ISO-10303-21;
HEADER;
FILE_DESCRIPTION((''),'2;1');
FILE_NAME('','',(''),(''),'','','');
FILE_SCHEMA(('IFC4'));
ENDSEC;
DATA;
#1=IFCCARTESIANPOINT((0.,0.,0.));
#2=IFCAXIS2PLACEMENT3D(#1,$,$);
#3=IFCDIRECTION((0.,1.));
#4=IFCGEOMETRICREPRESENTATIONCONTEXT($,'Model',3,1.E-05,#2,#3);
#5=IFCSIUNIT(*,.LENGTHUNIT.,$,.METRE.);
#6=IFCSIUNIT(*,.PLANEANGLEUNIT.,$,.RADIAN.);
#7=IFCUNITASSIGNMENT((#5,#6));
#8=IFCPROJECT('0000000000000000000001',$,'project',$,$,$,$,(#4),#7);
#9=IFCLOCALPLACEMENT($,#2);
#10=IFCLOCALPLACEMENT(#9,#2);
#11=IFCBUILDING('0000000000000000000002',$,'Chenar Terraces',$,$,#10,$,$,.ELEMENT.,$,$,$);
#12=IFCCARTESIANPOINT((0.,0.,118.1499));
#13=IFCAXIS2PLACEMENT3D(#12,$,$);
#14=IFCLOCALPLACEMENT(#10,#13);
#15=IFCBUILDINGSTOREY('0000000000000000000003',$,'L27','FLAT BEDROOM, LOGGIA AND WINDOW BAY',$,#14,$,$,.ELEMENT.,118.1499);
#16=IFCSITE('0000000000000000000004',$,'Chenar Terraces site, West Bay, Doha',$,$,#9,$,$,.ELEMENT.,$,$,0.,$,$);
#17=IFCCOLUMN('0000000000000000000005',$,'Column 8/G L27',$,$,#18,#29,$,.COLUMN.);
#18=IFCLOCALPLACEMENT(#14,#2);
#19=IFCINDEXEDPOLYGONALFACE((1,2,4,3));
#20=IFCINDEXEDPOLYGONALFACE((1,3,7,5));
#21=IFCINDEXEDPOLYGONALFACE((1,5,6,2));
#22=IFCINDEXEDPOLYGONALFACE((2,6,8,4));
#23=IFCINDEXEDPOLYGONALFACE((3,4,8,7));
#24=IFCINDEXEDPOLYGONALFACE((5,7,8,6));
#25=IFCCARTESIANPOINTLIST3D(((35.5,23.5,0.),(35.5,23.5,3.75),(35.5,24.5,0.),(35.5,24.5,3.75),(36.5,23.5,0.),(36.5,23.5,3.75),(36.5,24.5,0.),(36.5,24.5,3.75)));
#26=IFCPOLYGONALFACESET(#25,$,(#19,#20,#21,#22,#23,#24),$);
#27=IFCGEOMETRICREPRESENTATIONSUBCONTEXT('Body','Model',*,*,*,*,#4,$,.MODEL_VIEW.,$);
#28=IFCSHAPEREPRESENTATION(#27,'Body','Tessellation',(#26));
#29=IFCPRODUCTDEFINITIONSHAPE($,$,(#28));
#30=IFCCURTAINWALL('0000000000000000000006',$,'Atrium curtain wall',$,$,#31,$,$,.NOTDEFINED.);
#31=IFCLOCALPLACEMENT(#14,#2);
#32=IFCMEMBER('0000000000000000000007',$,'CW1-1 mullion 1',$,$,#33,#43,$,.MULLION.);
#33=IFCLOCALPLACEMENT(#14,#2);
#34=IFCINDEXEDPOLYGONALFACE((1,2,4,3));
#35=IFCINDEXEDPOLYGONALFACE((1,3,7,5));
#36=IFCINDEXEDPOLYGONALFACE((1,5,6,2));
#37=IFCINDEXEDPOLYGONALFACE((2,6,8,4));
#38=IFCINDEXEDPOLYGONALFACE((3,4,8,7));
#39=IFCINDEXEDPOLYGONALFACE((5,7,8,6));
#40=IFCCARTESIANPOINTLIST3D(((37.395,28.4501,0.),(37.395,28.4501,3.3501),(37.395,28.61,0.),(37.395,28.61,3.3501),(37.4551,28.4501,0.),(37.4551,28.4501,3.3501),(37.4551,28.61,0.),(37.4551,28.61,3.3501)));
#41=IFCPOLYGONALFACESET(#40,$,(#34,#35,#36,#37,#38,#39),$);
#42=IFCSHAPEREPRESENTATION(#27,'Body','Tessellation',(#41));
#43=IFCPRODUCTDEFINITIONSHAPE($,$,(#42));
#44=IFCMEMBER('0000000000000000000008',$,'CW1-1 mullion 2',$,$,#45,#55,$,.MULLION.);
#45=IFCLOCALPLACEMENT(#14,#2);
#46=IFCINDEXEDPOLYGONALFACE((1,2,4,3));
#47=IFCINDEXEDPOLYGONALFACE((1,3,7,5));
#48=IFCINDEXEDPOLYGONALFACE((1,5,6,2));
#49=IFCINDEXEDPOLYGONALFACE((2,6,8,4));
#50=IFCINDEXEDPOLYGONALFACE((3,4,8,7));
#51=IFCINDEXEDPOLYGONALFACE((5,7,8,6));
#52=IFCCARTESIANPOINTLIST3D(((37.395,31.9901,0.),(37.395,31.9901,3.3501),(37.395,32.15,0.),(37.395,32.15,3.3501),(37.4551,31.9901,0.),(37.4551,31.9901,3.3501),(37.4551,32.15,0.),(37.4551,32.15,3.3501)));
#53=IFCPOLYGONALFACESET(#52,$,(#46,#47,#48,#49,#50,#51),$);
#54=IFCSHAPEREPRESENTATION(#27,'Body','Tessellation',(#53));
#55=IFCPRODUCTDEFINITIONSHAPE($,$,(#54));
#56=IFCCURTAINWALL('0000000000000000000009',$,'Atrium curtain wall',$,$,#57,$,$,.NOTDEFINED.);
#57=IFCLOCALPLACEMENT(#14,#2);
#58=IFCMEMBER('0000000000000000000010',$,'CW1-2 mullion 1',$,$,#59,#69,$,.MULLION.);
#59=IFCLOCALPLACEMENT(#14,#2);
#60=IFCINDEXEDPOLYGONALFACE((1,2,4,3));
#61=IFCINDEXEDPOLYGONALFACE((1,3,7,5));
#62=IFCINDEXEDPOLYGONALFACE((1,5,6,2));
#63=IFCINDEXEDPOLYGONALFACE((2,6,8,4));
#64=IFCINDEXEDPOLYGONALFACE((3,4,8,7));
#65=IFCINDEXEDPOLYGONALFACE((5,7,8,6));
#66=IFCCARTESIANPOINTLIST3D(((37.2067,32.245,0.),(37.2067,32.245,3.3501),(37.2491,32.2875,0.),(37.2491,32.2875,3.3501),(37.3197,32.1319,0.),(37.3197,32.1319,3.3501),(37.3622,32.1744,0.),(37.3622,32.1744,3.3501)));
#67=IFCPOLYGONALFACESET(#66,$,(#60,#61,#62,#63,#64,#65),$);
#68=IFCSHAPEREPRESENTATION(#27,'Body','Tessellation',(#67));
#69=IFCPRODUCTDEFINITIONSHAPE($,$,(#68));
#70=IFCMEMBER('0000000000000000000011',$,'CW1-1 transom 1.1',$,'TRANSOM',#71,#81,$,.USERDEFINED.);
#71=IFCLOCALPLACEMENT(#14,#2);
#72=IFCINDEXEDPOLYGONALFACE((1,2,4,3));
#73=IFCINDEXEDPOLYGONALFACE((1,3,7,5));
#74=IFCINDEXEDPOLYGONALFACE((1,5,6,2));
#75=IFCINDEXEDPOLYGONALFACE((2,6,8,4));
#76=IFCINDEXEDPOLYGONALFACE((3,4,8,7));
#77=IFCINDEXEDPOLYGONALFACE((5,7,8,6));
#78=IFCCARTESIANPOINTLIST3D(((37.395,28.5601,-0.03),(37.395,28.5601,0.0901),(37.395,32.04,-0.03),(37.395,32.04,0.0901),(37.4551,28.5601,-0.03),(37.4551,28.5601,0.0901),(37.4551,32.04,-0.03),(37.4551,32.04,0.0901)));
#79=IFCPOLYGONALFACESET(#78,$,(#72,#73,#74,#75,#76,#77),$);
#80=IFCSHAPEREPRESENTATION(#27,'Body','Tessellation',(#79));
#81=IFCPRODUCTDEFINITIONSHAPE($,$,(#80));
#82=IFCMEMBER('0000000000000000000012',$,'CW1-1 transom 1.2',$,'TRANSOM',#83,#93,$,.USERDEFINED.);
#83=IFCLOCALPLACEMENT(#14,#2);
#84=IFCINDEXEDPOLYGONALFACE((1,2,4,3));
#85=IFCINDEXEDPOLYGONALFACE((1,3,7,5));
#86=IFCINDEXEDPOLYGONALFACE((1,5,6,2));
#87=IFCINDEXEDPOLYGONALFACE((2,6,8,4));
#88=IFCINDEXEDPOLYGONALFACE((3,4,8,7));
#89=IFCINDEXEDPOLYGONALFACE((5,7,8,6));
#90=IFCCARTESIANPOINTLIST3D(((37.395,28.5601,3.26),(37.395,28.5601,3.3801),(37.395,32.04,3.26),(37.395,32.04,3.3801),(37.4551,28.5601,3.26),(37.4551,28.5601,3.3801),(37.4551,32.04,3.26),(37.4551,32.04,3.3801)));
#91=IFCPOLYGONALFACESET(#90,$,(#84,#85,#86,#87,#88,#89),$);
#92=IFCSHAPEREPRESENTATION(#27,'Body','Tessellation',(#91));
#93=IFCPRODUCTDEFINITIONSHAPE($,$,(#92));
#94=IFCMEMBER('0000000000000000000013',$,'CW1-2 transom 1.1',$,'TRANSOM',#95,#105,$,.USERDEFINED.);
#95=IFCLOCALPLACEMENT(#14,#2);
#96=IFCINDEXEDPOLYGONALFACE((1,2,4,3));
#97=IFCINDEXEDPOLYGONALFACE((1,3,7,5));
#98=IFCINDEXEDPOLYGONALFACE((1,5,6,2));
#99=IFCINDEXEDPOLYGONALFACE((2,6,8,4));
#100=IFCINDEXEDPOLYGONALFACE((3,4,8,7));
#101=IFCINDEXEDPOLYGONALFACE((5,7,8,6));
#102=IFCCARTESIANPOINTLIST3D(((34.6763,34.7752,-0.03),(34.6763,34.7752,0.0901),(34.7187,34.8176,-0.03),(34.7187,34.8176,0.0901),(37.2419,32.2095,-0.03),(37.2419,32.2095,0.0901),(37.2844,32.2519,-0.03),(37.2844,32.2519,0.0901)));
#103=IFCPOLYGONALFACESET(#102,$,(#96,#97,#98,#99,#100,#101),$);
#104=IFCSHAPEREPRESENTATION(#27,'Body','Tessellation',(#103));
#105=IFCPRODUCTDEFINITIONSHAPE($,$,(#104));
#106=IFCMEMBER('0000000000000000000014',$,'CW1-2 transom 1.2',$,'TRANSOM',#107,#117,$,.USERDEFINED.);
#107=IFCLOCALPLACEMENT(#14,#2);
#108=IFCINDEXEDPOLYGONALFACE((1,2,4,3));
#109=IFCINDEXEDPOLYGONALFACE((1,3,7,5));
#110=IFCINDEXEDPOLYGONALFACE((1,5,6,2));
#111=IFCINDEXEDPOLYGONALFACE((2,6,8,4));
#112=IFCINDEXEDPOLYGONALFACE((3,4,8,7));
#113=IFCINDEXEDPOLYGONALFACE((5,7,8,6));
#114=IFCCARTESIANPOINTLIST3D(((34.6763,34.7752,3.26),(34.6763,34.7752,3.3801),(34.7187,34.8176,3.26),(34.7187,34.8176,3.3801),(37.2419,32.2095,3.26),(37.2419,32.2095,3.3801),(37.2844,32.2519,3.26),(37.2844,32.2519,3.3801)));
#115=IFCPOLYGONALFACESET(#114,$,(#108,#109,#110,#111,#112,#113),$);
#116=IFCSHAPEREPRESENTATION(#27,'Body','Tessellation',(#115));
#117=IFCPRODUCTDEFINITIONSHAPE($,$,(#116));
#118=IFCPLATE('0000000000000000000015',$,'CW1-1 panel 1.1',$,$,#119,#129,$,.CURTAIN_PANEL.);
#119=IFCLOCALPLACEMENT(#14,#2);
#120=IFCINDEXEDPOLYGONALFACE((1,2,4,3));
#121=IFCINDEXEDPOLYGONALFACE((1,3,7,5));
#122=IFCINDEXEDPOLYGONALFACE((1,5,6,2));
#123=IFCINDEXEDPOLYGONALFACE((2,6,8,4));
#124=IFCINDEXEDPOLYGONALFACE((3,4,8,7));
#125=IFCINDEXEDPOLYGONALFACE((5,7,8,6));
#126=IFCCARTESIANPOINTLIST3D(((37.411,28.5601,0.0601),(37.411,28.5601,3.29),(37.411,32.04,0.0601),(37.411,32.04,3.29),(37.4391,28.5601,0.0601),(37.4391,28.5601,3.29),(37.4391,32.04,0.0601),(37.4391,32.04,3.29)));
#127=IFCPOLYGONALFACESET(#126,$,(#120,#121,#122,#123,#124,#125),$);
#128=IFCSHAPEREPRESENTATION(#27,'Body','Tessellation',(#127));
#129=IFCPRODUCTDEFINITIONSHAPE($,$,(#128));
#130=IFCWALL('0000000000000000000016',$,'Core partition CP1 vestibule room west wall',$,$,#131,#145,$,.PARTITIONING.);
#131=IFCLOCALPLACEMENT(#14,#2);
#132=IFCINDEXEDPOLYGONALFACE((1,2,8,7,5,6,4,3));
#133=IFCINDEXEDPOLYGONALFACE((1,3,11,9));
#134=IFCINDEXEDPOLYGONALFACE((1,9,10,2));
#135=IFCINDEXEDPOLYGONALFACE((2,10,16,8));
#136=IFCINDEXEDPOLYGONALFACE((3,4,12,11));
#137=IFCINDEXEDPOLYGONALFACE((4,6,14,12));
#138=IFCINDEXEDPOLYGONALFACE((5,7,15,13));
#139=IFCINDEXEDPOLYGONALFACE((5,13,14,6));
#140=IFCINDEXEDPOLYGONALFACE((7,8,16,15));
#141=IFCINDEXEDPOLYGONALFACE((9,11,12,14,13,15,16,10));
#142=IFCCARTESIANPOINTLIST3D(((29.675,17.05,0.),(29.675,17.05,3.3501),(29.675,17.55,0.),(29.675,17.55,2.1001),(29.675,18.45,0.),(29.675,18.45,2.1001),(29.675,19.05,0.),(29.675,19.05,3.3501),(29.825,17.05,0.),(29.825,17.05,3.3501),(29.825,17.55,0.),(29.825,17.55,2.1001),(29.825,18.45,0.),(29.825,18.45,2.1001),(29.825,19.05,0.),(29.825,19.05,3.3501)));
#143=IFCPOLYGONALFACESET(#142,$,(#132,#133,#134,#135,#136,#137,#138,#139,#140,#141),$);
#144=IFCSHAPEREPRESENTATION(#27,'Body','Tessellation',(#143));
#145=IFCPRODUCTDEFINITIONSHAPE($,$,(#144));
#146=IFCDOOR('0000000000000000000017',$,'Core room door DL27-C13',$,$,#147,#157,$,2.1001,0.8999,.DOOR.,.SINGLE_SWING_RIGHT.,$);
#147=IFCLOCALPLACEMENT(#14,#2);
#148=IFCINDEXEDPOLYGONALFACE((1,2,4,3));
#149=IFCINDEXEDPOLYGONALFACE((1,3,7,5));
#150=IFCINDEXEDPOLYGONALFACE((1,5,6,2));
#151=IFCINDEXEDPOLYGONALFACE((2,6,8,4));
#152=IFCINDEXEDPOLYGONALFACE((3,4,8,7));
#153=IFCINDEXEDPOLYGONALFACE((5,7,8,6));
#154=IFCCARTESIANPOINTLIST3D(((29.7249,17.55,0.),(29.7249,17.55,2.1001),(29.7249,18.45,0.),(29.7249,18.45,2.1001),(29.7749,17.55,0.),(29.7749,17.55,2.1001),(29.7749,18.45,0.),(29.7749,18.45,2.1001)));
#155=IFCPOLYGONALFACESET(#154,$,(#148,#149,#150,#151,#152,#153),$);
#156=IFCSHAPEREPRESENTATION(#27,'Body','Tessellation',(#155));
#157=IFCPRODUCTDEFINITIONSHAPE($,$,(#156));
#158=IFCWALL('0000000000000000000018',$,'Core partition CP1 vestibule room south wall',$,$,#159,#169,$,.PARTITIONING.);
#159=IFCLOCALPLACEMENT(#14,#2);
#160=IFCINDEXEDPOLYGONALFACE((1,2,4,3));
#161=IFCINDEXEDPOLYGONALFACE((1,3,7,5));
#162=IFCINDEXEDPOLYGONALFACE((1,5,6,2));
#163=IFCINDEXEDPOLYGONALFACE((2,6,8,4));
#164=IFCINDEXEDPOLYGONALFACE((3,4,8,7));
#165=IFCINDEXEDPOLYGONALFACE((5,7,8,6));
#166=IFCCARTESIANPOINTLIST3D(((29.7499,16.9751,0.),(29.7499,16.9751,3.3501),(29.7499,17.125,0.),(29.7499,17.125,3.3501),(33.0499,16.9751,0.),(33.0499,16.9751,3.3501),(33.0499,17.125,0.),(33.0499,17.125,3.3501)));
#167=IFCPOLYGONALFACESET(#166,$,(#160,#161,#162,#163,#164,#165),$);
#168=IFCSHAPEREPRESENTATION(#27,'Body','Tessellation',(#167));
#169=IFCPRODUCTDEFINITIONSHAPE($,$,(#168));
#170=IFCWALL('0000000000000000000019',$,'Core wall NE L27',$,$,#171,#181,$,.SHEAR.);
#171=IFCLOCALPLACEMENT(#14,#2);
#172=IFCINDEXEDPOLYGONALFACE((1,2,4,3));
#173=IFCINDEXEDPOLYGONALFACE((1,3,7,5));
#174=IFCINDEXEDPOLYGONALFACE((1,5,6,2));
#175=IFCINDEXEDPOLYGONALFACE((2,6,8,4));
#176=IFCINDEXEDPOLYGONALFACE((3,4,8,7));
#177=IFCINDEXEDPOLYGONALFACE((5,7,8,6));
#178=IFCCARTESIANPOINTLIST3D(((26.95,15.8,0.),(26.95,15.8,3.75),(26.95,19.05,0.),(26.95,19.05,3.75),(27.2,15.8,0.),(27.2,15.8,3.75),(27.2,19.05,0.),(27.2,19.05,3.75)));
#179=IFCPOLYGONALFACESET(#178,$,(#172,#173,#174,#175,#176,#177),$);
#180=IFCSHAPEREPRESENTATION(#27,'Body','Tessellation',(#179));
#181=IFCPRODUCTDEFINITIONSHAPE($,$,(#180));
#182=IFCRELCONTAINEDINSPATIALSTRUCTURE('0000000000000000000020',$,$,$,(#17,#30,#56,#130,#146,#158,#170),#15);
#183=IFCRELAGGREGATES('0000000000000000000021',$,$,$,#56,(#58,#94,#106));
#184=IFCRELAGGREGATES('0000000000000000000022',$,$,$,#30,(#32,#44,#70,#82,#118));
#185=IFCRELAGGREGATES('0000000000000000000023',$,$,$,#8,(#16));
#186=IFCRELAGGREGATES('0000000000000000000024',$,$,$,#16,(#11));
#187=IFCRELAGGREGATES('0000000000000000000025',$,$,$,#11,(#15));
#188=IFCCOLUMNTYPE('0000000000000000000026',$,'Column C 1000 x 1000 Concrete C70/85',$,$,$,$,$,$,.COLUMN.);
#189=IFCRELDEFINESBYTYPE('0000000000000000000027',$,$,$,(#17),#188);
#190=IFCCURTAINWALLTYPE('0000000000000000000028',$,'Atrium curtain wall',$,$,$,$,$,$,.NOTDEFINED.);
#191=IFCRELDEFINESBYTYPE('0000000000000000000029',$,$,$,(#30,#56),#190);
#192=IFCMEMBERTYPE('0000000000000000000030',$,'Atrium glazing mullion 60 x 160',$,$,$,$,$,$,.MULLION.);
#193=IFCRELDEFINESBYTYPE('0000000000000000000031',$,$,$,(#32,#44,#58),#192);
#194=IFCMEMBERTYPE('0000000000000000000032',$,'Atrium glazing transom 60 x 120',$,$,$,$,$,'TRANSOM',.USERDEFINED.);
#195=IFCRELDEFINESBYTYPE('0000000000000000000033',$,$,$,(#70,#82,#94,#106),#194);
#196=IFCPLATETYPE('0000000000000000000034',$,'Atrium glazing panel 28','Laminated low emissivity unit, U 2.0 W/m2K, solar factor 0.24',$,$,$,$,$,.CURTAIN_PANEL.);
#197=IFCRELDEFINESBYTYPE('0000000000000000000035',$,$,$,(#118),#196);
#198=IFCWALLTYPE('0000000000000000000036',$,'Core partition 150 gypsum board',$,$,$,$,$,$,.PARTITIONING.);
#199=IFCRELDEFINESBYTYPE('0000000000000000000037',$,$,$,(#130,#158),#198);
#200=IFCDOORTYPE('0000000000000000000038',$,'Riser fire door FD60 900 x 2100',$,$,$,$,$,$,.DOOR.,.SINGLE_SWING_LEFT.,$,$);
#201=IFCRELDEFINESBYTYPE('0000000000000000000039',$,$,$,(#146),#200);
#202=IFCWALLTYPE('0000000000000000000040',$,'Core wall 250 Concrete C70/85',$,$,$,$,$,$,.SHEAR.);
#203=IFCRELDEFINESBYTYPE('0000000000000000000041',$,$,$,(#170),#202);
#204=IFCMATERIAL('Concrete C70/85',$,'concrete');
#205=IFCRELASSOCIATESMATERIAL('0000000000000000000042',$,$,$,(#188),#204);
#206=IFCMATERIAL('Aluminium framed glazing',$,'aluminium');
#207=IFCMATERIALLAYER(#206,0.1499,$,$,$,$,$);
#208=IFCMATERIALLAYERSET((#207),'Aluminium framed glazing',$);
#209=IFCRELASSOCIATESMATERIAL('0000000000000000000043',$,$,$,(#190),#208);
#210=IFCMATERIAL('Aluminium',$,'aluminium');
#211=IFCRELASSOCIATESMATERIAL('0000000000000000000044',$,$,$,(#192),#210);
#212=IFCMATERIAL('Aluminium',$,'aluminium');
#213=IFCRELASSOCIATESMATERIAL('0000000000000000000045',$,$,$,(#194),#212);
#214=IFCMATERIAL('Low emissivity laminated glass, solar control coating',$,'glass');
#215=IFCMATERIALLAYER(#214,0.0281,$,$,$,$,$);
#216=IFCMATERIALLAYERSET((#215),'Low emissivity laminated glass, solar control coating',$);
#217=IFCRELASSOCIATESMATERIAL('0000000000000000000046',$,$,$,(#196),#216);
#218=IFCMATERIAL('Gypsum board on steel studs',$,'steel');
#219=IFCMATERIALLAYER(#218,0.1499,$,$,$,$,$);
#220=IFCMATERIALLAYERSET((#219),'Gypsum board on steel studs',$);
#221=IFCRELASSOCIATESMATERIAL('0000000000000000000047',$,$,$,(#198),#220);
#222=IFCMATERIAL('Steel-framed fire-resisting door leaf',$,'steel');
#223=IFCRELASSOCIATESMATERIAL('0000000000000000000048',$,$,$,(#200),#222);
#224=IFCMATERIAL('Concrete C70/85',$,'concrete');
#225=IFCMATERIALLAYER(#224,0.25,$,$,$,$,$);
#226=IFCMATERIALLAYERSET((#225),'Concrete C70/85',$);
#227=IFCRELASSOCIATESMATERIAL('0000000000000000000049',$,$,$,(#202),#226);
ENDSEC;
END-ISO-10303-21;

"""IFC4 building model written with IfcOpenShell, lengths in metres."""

from ifc_helpers import new_model, si_unit, direction, frame, frame_2d, origin, origin_2d, place, context, subcontext, project, spatial, rectangle, extrude, material, layer, layer_set, material_profile, profile_set, type_object, element, fill, aggregate, save


model = new_model("IFC4")

# Units and contexts
model_context = context("Model", 3, precision=1e-05, world=origin(), true_north=direction((0.0, 1.0)))
body_context = subcontext(model_context, "Body", "Model", "MODEL_VIEW")
ifc_project = project(units=[si_unit("LENGTHUNIT", "METRE"), si_unit("PLANEANGLEUNIT", "RADIAN")], contexts=[model_context])

# Site, building, storey
site_placement = place(None, origin())
site = spatial("IfcSite", under=ifc_project, at=site_placement, Name="Chenar Terraces site, West Bay, Doha", CompositionType="ELEMENT", RefElevation=0.0)
building_placement = place(site_placement, origin())
building = spatial("IfcBuilding", under=site, at=building_placement, Name="Chenar Terraces", CompositionType="ELEMENT")
storey_placement = place(building_placement, frame((0.0, 0.0, 118.1499)))
storey = spatial("IfcBuildingStorey", under=building, at=storey_placement, Name="L27", Description="FLAT BEDROOM, LOGGIA AND WINDOW BAY", CompositionType="ELEMENT", Elevation=118.1499)

# Column
ifc_material_1 = material(Name="Concrete C70/85", Category="concrete")
ifc_material_profile_1 = material_profile(ifc_material_1, rectangle(XDim=1.0, YDim=1.0, at=origin_2d()), Name="C 1000 x 1000")
ifc_profile_set_1 = profile_set([ifc_material_profile_1], Name="Concrete C70/85")
column_type = type_object("IfcColumnType", Name="Column C 1000 x 1000 Concrete C70/85", PredefinedType="COLUMN", material=ifc_profile_set_1)
column_placement = place(storey_placement, frame((36.0, 24.0, 0.0), z_axis=(0.0, 0.0, 1.0), x_axis=(1.0, 0.0, 0.0)))
element("IfcColumn", 1, at=column_placement, inside=storey, type_object=column_type, Name="Column 8/G L27", PredefinedType="COLUMN", context=body_context, shape_type="SweptSolid", body=[
    extrude(rectangle(XDim=1.0, YDim=1.0, at=origin_2d()), origin(), (0.0, 0.0, 1.0), 3.75),
])

# Curtain wall, members
ifc_material_2 = material(Name="Aluminium framed glazing", Category="aluminium")
ifc_layer_1 = layer(ifc_material_2, 0.1499)
ifc_layer_set_1 = layer_set([ifc_layer_1], Name="Aluminium framed glazing")
curtain_wall_type = type_object("IfcCurtainWallType", Name="Atrium curtain wall", PredefinedType="NOTDEFINED", material=ifc_layer_set_1)
placement = place(storey_placement, origin())
curtain_wall_1 = element("IfcCurtainWall", 2, at=placement, inside=storey, type_object=curtain_wall_type, Name="Atrium curtain wall", PredefinedType="NOTDEFINED")
ifc_material_3 = material(Name="Aluminium", Category="aluminium")
ifc_material_profile_2 = material_profile(ifc_material_3, rectangle(XDim=0.0601, YDim=0.1599, at=origin_2d()), Name="Atrium glazing mullion 60 x 160")
ifc_profile_set_2 = profile_set([ifc_material_profile_2], Name="Aluminium")
member_type_1 = type_object("IfcMemberType", Name="Atrium glazing mullion 60 x 160", PredefinedType="MULLION", material=ifc_profile_set_2)
member_1_placement = place(storey_placement, frame((37.425, 28.53, 0.0), z_axis=(0.0, 0.0, 1.0), x_axis=(-1.0, 0.0, 0.0)))
member_1 = element("IfcMember", 3, at=member_1_placement, type_object=member_type_1, Name="CW1-1 mullion 1", PredefinedType="MULLION", context=body_context, shape_type="SweptSolid", body=[
    extrude(rectangle(XDim=0.0601, YDim=0.1599, at=origin_2d()), origin(), (0.0, 0.0, 1.0), 3.3501),
])
member_2_placement = place(storey_placement, frame((37.425, 32.0701, 0.0), z_axis=(0.0, 0.0, 1.0), x_axis=(-1.0, 0.0, 0.0)))
member_2 = element("IfcMember", 4, at=member_2_placement, type_object=member_type_1, Name="CW1-1 mullion 2", PredefinedType="MULLION", context=body_context, shape_type="SweptSolid", body=[
    extrude(rectangle(XDim=0.0601, YDim=0.1599, at=origin_2d()), origin(), (0.0, 0.0, 1.0), 3.3501),
])

# Curtain wall, member
curtain_wall_2 = element("IfcCurtainWall", 5, at=placement, inside=storey, type_object=curtain_wall_type, Name="Atrium curtain wall", PredefinedType="NOTDEFINED")
member_3_placement = place(storey_placement, frame((37.2844, 32.2097, 0.0), z_axis=(0.0, 0.0, 1.0), x_axis=(-0.707107, -0.707107, 0.0)))
member_3 = element("IfcMember", 6, at=member_3_placement, type_object=member_type_1, Name="CW1-2 mullion 1", PredefinedType="MULLION", context=body_context, shape_type="SweptSolid", body=[
    extrude(rectangle(XDim=0.0601, YDim=0.1599, at=origin_2d()), origin(), (0.0, 0.0, 1.0), 3.3501),
])

# Members
ifc_material_4 = material(Name="Aluminium", Category="aluminium")
ifc_material_profile_3 = material_profile(ifc_material_4, rectangle(XDim=0.0601, YDim=0.1201, at=origin_2d()), Name="Atrium glazing transom 60 x 120")
ifc_profile_set_3 = profile_set([ifc_material_profile_3], Name="Aluminium")
member_type_2 = type_object("IfcMemberType", Name="Atrium glazing transom 60 x 120", ElementType="TRANSOM", PredefinedType="USERDEFINED", material=ifc_profile_set_3)
member_4_placement = place(storey_placement, frame((37.425, 28.5601, 0.03), z_axis=(0.0, 1.0, 0.0), x_axis=(-1.0, 0.0, 0.0)))
member_4 = element("IfcMember", 7, at=member_4_placement, type_object=member_type_2, Name="CW1-1 transom 1.1", ObjectType="TRANSOM", PredefinedType="USERDEFINED", context=body_context, shape_type="SweptSolid", body=[
    extrude(rectangle(XDim=0.0601, YDim=0.1201, at=origin_2d()), origin(), (0.0, 0.0, 1.0), 3.48),
])
member_5_placement = place(storey_placement, frame((37.425, 28.5601, 3.3201), z_axis=(0.0, 1.0, 0.0), x_axis=(-1.0, 0.0, 0.0)))
member_5 = element("IfcMember", 8, at=member_5_placement, type_object=member_type_2, Name="CW1-1 transom 1.2", ObjectType="TRANSOM", PredefinedType="USERDEFINED", context=body_context, shape_type="SweptSolid", body=[
    extrude(rectangle(XDim=0.0601, YDim=0.1201, at=origin_2d()), origin(), (0.0, 0.0, 1.0), 3.48),
])
member_6_placement = place(storey_placement, frame((37.2632, 32.2307, 0.03), z_axis=(-0.707107, 0.707107, 0.0), x_axis=(-0.707107, -0.707107, 0.0)))
member_6 = element("IfcMember", 9, at=member_6_placement, type_object=member_type_2, Name="CW1-2 transom 1.1", ObjectType="TRANSOM", PredefinedType="USERDEFINED", context=body_context, shape_type="SweptSolid", body=[
    extrude(rectangle(XDim=0.0601, YDim=0.1201, at=origin_2d()), origin(), (0.0, 0.0, 1.0), 3.6284),
])
member_7_placement = place(storey_placement, frame((37.2632, 32.2307, 3.3201), z_axis=(-0.707107, 0.707107, 0.0), x_axis=(-0.707107, -0.707107, 0.0)))
member_7 = element("IfcMember", 10, at=member_7_placement, type_object=member_type_2, Name="CW1-2 transom 1.2", ObjectType="TRANSOM", PredefinedType="USERDEFINED", context=body_context, shape_type="SweptSolid", body=[
    extrude(rectangle(XDim=0.0601, YDim=0.1201, at=origin_2d()), origin(), (0.0, 0.0, 1.0), 3.6284),
])
aggregate(curtain_wall_2, [member_3, member_6, member_7])

# Plate
ifc_material_5 = material(Name="Low emissivity laminated glass, solar control coating", Category="glass")
ifc_layer_2 = layer(ifc_material_5, 0.0281)
ifc_layer_set_2 = layer_set([ifc_layer_2], Name="Low emissivity laminated glass, solar control coating")
plate_type = type_object("IfcPlateType", Name="Atrium glazing panel 28", Description="Laminated low emissivity unit, U 2.0 W/m2K, solar factor 0.24", PredefinedType="CURTAIN_PANEL", material=ifc_layer_set_2)
plate_placement = place(storey_placement, frame((37.425, 30.3, 0.0601), z_axis=(0.0, 0.0, 1.0), x_axis=(0.0, 1.0, 0.0)))
plate = element("IfcPlate", 11, at=plate_placement, type_object=plate_type, Name="CW1-1 panel 1.1", PredefinedType="CURTAIN_PANEL", context=body_context, shape_type="SweptSolid", body=[
    extrude(rectangle(XDim=3.48, YDim=0.0281, at=origin_2d()), origin(), (0.0, 0.0, 1.0), 3.23),
])
aggregate(curtain_wall_1, [member_1, member_2, member_4, member_5, plate])

# Wall, opening, door
ifc_material_6 = material(Name="Gypsum board on steel studs", Category="steel")
ifc_layer_3 = layer(ifc_material_6, 0.1499)
ifc_layer_set_3 = layer_set([ifc_layer_3], Name="Gypsum board on steel studs")
wall_type_1 = type_object("IfcWallType", Name="Core partition 150 gypsum board", PredefinedType="PARTITIONING", material=ifc_layer_set_3)
wall_1_placement = place(storey_placement, frame((29.75, 17.05, 0.0), z_axis=(0.0, 0.0, 1.0), x_axis=(0.0, 1.0, 0.0)))
wall_1 = element("IfcWall", 12, at=wall_1_placement, inside=storey, type_object=wall_type_1, Name="Core partition CP1 vestibule room west wall", PredefinedType="PARTITIONING", context=body_context, shape_type="SweptSolid", body=[
    extrude(rectangle(XDim=2.0, YDim=0.1499, at=frame_2d((1.0, 0.0))), origin(), (0.0, 0.0, 1.0), 3.3501),
])
opening_1_placement = place(wall_1_placement, frame((0.5, 0.0, 0.0)))
opening_1 = element("IfcOpeningElement", 13, at=opening_1_placement, cuts=wall_1, PredefinedType="OPENING", context=body_context, shape_type="SweptSolid", body=[
    extrude(rectangle(XDim=0.8999, YDim=2.1001, at=frame_2d((0.45, 1.05))), frame((0.0, 0.085, 0.0), z_axis=(0.0, -1.0, 0.0), x_axis=(1.0, 0.0, 0.0)), (0.0, 0.0, 1.0), 0.1699),
])
ifc_material_7 = material(Name="Steel-framed fire-resisting door leaf", Category="steel")
door_type = type_object("IfcDoorType", Name="Riser fire door FD60 900 x 2100", OperationType="SINGLE_SWING_LEFT", PredefinedType="DOOR", material=ifc_material_7)
door_placement = place(opening_1_placement, frame((0.8999, 0.0, 0.0), z_axis=(0.0, 0.0, 1.0), x_axis=(-1.0, 0.0, 0.0)))
door = element("IfcDoor", 14, at=door_placement, inside=storey, type_object=door_type, Name="Core room door DL27-C13", OperationType="SINGLE_SWING_RIGHT", OverallHeight=2.1001, OverallWidth=0.8999, PredefinedType="DOOR", context=body_context, shape_type="SweptSolid", body=[
    extrude(rectangle(XDim=0.8999, YDim=2.1001, at=frame_2d((0.45, 1.05))), frame((0.0, 0.0249, 0.0), z_axis=(0.0, -1.0, 0.0), x_axis=(1.0, 0.0, 0.0)), (0.0, 0.0, 1.0), 0.05),
])
fill(opening_1, door)

# Walls
wall_2_placement = place(storey_placement, frame((29.75, 17.05, 0.0), z_axis=(0.0, 0.0, 1.0), x_axis=(1.0, 0.0, 0.0)))
element("IfcWall", 15, at=wall_2_placement, inside=storey, type_object=wall_type_1, Name="Core partition CP1 vestibule room south wall", PredefinedType="PARTITIONING", context=body_context, shape_type="SweptSolid", body=[
    extrude(rectangle(XDim=3.3, YDim=0.1499, at=frame_2d((1.6499, 0.0))), origin(), (0.0, 0.0, 1.0), 3.3501),
])
ifc_material_8 = material(Name="Concrete C70/85", Category="concrete")
ifc_layer_4 = layer(ifc_material_8, 0.25)
ifc_layer_set_4 = layer_set([ifc_layer_4], Name="Concrete C70/85")
wall_type_2 = type_object("IfcWallType", Name="Core wall 250 Concrete C70/85", PredefinedType="SHEAR", material=ifc_layer_set_4)
wall_3_placement = place(storey_placement, frame((27.075, 15.8, 0.0), z_axis=(0.0, 0.0, 1.0), x_axis=(0.0, 1.0, 0.0)))
element("IfcWall", 16, at=wall_3_placement, inside=storey, type_object=wall_type_2, Name="Core wall NE L27", PredefinedType="SHEAR", context=body_context, shape_type="SweptSolid", body=[
    extrude(rectangle(XDim=3.25, YDim=0.25, at=frame_2d((1.625, 0.0))), origin(), (0.0, 0.0, 1.0), 3.75),
])

save(model, "model.ifc")
